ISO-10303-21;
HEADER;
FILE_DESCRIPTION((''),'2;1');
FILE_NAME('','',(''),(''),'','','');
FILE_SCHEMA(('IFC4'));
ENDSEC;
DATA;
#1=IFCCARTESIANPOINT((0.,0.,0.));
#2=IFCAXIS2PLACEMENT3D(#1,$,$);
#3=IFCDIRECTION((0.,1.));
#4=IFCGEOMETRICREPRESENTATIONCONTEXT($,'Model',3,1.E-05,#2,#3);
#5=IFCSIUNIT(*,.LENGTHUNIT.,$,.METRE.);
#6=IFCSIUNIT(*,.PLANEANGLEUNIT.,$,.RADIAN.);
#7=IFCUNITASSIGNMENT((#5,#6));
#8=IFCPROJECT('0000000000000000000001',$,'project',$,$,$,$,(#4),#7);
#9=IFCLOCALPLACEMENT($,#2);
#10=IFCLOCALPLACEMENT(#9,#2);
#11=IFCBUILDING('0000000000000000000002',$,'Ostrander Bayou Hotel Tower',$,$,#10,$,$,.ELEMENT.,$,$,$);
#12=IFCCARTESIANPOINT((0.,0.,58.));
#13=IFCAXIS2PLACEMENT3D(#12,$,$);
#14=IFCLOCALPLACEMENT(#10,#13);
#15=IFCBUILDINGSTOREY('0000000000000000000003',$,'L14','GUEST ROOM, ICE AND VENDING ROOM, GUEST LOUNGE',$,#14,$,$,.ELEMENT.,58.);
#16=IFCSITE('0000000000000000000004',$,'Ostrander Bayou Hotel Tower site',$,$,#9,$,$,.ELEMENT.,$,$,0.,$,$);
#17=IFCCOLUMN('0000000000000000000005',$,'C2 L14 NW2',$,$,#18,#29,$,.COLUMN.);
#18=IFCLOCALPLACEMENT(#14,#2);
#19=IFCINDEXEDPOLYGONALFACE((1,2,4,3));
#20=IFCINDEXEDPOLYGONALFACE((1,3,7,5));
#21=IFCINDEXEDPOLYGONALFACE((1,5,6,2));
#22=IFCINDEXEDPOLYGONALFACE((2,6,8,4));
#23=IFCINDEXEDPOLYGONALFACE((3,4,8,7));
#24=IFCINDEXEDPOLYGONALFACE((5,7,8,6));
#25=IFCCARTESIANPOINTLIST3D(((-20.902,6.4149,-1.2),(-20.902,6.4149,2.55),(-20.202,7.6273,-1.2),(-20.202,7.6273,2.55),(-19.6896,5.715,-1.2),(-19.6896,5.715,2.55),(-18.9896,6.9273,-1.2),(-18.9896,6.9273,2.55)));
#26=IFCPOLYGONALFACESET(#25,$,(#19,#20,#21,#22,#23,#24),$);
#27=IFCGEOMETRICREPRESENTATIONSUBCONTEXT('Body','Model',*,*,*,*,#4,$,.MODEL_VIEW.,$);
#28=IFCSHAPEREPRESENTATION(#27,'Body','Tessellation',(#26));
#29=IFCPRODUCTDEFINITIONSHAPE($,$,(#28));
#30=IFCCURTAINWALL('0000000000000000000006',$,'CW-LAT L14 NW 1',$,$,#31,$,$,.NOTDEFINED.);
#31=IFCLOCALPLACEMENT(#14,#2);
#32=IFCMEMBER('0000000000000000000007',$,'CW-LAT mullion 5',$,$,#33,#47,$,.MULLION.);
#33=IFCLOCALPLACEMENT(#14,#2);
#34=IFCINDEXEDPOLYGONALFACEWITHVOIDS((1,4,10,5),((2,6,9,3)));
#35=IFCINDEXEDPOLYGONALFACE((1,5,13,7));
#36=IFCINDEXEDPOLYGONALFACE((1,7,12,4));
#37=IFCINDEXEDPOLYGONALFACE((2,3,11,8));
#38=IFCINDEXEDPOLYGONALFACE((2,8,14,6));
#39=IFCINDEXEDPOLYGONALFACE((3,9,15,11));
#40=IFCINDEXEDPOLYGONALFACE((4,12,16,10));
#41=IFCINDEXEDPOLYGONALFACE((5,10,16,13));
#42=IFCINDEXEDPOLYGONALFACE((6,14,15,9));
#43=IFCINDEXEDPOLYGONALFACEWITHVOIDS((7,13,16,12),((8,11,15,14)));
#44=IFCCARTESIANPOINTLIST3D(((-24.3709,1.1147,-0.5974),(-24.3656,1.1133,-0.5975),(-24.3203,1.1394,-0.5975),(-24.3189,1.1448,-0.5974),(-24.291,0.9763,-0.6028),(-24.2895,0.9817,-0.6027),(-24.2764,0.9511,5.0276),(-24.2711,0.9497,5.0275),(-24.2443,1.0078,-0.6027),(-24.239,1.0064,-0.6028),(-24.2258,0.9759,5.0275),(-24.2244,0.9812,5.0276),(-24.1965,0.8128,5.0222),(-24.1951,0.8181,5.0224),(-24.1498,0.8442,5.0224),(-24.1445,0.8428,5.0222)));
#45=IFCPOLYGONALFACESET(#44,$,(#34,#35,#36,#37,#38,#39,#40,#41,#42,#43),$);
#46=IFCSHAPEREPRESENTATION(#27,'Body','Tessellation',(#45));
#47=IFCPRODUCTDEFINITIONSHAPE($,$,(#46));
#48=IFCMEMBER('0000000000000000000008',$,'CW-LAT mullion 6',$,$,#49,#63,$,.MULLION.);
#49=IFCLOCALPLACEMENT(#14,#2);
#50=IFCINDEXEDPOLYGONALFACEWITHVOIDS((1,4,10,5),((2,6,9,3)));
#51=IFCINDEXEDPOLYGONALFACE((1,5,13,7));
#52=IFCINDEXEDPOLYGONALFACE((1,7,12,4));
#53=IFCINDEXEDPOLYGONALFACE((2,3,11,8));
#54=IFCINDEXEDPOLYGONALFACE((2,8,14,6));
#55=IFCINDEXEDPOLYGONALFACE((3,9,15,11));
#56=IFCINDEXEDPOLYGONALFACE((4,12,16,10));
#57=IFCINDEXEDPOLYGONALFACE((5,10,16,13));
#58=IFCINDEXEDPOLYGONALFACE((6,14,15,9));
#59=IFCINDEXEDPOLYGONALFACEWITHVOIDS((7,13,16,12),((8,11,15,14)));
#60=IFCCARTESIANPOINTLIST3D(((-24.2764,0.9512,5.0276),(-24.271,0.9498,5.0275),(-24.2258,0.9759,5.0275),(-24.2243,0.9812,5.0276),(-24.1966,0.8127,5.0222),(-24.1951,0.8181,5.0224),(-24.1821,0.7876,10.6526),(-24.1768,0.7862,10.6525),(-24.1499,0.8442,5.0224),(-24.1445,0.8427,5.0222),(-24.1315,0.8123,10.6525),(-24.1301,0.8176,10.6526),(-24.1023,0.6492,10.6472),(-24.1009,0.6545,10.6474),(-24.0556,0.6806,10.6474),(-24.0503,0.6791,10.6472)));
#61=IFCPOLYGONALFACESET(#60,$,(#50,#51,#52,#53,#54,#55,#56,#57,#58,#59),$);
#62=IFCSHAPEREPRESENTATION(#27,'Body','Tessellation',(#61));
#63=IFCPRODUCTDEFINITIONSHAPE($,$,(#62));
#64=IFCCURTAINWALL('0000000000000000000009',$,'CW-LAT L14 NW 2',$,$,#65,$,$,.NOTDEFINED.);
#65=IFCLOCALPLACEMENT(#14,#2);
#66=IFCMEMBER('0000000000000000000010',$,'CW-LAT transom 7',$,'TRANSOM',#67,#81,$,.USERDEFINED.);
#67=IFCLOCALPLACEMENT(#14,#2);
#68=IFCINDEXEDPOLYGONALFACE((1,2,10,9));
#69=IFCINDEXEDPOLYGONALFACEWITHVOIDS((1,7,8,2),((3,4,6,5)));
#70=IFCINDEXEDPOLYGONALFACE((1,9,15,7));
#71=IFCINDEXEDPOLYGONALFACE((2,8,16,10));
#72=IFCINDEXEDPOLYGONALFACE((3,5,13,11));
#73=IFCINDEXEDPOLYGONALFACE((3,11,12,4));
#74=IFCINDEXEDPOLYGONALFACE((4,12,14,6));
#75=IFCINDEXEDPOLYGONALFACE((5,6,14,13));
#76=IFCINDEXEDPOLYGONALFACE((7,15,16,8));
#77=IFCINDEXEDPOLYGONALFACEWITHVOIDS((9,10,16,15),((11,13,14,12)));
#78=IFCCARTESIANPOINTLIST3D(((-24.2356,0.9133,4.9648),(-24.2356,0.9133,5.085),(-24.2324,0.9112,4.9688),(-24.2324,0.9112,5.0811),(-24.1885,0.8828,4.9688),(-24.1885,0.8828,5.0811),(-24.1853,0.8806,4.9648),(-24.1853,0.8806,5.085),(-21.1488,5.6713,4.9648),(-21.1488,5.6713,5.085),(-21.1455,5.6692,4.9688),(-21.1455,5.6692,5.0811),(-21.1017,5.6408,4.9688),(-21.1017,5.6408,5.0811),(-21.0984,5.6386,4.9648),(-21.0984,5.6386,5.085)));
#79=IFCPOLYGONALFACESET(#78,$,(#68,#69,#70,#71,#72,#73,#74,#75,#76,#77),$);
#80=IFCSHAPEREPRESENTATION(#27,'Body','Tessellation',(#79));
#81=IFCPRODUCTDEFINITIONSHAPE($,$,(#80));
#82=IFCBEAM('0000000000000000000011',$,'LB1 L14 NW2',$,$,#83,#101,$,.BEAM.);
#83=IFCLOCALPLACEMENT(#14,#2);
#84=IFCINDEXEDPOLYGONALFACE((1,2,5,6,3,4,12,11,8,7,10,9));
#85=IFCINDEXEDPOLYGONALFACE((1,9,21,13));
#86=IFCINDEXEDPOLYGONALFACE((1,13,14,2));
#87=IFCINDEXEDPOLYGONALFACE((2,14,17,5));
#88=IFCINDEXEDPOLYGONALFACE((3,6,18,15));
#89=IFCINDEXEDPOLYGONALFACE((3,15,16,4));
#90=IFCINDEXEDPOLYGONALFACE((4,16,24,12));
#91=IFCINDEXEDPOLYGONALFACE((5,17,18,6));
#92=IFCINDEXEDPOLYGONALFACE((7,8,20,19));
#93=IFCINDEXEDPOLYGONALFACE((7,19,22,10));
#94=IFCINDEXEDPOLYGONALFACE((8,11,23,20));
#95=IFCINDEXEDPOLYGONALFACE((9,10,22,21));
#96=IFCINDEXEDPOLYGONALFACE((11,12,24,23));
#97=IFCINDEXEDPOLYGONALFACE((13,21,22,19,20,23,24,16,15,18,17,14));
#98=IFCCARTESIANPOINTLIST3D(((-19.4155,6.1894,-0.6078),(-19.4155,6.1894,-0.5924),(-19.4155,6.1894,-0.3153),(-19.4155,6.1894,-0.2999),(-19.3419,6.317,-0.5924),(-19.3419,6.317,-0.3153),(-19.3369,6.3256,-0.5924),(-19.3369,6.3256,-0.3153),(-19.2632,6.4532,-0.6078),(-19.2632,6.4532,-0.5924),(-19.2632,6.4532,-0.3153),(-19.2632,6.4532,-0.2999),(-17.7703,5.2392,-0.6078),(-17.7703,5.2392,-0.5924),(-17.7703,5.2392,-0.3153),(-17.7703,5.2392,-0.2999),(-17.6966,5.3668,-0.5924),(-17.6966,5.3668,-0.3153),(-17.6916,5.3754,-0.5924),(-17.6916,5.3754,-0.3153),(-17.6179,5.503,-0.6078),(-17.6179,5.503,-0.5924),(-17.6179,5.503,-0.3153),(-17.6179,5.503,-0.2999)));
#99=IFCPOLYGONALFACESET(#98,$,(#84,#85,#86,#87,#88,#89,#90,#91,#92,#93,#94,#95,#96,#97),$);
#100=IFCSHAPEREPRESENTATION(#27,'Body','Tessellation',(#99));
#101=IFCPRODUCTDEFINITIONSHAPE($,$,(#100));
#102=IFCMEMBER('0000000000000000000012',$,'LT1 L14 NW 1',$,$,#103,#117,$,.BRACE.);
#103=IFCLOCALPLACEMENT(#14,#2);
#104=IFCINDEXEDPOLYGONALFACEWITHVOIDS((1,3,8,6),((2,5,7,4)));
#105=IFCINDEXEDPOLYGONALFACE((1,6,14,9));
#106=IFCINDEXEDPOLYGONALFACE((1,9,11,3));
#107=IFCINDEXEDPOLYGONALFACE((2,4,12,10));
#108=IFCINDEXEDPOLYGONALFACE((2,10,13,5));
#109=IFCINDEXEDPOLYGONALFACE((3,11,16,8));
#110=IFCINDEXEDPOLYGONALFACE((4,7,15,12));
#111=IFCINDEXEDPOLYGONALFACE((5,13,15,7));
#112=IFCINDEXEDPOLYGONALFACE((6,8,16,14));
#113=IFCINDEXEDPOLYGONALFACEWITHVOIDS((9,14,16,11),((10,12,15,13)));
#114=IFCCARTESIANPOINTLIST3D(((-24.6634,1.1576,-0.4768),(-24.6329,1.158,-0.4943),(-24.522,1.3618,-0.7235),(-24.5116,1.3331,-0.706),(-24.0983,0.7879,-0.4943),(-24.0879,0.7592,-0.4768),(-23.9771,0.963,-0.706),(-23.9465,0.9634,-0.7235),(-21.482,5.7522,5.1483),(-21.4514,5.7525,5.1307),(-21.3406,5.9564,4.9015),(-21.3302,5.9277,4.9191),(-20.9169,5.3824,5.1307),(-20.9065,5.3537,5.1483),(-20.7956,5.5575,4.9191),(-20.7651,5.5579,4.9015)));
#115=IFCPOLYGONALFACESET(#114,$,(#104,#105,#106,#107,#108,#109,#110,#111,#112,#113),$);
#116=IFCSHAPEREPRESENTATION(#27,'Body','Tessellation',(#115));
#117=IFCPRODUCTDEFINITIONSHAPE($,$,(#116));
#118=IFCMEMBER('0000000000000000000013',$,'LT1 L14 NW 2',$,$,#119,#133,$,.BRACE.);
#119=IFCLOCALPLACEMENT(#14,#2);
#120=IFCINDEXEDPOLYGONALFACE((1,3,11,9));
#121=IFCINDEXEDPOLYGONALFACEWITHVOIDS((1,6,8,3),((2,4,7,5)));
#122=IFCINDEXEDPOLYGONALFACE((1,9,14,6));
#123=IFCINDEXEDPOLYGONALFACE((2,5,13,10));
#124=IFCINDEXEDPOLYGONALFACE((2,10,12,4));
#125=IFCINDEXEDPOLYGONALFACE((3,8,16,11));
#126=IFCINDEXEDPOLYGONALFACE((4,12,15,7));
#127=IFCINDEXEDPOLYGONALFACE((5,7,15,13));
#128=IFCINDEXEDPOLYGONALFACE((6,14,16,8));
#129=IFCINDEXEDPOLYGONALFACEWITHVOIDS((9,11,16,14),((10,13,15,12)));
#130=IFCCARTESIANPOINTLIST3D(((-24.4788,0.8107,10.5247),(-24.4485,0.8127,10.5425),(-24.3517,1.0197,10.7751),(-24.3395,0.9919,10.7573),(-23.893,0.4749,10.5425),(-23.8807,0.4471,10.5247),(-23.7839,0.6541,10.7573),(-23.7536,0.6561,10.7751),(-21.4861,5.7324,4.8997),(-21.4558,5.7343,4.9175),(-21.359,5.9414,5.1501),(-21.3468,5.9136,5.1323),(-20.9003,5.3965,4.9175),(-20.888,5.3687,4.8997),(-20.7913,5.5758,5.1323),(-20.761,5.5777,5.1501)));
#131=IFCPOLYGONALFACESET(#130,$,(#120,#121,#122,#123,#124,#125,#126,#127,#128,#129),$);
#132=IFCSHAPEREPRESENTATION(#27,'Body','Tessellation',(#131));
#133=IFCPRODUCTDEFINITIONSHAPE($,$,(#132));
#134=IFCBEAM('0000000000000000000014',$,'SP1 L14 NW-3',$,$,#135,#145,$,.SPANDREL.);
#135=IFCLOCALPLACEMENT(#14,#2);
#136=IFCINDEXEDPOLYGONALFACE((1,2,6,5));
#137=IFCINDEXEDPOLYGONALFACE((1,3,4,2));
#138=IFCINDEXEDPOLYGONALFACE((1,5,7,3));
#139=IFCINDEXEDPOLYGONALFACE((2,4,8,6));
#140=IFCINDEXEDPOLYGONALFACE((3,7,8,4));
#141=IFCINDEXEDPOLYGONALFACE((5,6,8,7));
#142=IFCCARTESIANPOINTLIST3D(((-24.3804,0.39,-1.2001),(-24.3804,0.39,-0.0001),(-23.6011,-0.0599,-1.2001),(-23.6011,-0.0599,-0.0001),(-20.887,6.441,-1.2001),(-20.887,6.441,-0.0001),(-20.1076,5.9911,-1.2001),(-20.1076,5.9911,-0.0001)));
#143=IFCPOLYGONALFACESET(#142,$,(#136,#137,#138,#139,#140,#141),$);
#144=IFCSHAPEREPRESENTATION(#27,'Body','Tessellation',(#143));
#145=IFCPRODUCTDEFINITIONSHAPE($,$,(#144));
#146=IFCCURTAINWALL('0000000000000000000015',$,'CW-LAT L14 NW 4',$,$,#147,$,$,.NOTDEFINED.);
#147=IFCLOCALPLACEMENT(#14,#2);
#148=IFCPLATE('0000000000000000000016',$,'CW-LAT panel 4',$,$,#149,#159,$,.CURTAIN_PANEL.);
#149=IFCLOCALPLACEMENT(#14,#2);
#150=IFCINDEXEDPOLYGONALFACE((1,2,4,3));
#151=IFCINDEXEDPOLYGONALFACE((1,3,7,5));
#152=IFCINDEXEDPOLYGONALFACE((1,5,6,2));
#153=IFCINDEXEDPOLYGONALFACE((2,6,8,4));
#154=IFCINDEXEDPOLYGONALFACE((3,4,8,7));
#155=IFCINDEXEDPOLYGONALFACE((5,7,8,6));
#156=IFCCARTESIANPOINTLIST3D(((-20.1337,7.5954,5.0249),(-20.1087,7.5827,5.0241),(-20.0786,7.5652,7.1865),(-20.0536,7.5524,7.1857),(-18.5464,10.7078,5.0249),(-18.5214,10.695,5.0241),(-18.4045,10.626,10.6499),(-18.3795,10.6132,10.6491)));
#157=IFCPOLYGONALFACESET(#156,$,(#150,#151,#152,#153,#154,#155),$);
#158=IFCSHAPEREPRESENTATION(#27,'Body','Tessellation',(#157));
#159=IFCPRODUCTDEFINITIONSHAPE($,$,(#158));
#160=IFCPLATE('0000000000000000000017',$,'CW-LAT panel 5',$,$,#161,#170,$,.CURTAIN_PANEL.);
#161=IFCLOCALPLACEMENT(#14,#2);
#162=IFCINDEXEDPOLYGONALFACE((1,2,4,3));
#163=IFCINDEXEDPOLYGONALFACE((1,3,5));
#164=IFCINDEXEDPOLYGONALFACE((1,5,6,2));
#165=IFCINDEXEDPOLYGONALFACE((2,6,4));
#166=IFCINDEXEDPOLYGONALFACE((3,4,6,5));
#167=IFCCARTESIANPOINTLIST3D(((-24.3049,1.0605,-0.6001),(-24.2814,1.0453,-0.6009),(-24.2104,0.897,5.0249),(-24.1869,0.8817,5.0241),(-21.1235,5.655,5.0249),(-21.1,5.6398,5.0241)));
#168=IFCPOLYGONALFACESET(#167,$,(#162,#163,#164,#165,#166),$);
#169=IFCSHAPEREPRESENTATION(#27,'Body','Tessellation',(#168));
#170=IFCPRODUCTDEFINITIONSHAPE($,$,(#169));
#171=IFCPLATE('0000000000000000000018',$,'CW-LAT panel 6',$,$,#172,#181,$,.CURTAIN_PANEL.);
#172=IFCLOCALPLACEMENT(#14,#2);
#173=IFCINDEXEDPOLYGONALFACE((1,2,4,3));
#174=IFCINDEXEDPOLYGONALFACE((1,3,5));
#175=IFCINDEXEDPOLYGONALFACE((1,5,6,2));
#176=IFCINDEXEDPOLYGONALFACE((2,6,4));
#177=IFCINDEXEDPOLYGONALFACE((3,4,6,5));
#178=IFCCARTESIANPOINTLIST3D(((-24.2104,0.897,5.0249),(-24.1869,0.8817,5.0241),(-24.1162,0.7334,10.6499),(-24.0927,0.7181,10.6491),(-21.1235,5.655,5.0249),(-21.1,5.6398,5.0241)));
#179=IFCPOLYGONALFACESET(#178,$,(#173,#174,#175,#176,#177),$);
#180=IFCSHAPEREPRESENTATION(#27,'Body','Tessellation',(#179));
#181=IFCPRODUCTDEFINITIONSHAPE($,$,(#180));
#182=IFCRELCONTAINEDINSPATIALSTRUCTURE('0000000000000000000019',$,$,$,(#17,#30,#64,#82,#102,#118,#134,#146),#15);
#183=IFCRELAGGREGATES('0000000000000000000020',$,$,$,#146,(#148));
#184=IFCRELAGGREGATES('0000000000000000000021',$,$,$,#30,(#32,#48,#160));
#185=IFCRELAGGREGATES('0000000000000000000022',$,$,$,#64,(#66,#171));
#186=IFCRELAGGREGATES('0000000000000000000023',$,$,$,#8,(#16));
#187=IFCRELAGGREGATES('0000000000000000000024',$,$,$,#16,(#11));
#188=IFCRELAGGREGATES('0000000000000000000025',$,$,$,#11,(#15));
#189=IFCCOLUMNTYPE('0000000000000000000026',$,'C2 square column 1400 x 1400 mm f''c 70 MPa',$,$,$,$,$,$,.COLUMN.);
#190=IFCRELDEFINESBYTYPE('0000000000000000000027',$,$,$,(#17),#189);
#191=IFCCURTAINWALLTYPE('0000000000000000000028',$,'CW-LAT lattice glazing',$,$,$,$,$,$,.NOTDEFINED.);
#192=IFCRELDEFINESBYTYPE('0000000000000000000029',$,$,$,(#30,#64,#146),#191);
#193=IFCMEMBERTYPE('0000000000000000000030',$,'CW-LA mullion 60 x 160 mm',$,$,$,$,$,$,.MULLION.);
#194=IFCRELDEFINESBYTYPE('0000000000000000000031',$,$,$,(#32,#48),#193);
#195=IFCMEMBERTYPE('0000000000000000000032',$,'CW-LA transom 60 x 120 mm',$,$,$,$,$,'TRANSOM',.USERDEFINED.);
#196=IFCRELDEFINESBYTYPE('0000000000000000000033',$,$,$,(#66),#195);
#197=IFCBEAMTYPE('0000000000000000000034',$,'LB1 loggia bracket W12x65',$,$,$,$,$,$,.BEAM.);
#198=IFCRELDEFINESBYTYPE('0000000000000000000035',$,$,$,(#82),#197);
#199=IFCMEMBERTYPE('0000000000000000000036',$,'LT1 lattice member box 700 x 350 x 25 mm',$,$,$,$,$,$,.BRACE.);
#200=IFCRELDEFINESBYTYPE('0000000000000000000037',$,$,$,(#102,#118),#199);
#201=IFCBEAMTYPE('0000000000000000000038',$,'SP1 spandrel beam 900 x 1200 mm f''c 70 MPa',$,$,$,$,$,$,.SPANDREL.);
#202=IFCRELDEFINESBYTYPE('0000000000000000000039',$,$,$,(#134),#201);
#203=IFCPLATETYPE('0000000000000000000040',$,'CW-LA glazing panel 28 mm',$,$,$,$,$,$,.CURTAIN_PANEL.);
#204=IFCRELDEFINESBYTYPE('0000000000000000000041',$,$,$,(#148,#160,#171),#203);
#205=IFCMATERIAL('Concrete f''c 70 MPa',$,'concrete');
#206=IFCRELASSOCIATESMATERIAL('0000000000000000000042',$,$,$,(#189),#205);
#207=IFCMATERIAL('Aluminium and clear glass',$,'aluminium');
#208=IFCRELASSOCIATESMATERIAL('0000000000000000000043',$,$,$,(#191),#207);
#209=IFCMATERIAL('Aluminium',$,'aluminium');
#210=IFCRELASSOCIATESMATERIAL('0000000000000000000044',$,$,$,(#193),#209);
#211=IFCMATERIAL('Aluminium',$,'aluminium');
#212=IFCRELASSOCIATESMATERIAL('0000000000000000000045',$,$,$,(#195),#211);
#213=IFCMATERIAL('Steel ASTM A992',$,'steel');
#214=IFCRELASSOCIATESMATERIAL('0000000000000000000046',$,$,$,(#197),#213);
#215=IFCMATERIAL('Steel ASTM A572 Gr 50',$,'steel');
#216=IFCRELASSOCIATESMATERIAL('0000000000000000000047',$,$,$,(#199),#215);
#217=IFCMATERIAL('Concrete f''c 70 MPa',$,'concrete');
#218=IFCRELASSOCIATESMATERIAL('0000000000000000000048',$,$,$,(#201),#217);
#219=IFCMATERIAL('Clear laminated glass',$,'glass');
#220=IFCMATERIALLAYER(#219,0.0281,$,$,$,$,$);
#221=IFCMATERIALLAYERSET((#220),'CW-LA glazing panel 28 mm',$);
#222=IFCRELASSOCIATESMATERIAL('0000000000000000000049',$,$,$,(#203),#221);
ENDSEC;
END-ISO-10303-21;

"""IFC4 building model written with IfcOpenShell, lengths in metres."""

from ifc_helpers import new_model, si_unit, direction, frame, origin, origin_2d, place, context, subcontext, project, spatial, polyline, rectangle, hollow_rectangle, i_section, outline, extrude, material, layer, layer_set, material_profile, profile_set, type_object, element, aggregate, save


model = new_model("IFC4")

# Units and contexts
model_context = context("Model", 3, precision=1e-05, world=origin(), true_north=direction((0.0, 1.0)))
body_context = subcontext(model_context, "Body", "Model", "MODEL_VIEW")
ifc_project = project(units=[si_unit("LENGTHUNIT", "METRE"), si_unit("PLANEANGLEUNIT", "RADIAN")], contexts=[model_context])

# Site, building, storey
site_placement = place(None, origin())
site = spatial("IfcSite", under=ifc_project, at=site_placement, Name="Ostrander Bayou Hotel Tower site", CompositionType="ELEMENT", RefElevation=0.0)
building_placement = place(site_placement, origin())
building = spatial("IfcBuilding", under=site, at=building_placement, Name="Ostrander Bayou Hotel Tower", CompositionType="ELEMENT")
storey_placement = place(building_placement, frame((0.0, 0.0, 58.0)))
storey = spatial("IfcBuildingStorey", under=building, at=storey_placement, Name="L14", Description="GUEST ROOM, ICE AND VENDING ROOM, GUEST LOUNGE", CompositionType="ELEMENT", Elevation=58.0)

# Column
ifc_material_1 = material(Name="Concrete f'c 70 MPa", Category="concrete")
ifc_material_profile_1 = material_profile(ifc_material_1, rectangle(XDim=1.3999, YDim=1.3999, at=origin_2d()))
ifc_profile_set_1 = profile_set([ifc_material_profile_1], Name="Concrete f'c 70 MPa")
column_type = type_object("IfcColumnType", Name="C2 square column 1400 x 1400 mm f'c 70 MPa", PredefinedType="COLUMN", material=ifc_profile_set_1)
column_placement = place(storey_placement, frame((-19.9458, 6.6711, -1.2), z_axis=(0.0, 0.0, 1.0), x_axis=(0.5, 0.866025, 0.0)))
element("IfcColumn", 1, at=column_placement, inside=storey, type_object=column_type, Name="C2 L14 NW2", PredefinedType="COLUMN", context=body_context, shape_type="SweptSolid", body=[
    extrude(rectangle(XDim=1.3999, YDim=1.3999, at=origin_2d()), origin(), (0.0, 0.0, 1.0), 3.75),
])

# Curtain wall, members
ifc_material_2 = material(Name="Aluminium and clear glass", Category="aluminium")
curtain_wall_type = type_object("IfcCurtainWallType", Name="CW-LAT lattice glazing", PredefinedType="NOTDEFINED", material=ifc_material_2)
curtain_wall_1_placement = place(storey_placement, origin())
curtain_wall_1 = element("IfcCurtainWall", 2, at=curtain_wall_1_placement, inside=storey, type_object=curtain_wall_type, Name="CW-LAT L14 NW 1", PredefinedType="NOTDEFINED")
ifc_material_3 = material(Name="Aluminium", Category="aluminium")
ifc_material_profile_2 = material_profile(ifc_material_3, hollow_rectangle(XDim=0.0601, YDim=0.1599, WallThickness=0.0039, at=origin_2d()))
ifc_profile_set_2 = profile_set([ifc_material_profile_2], Name="Aluminium")
member_type_1 = type_object("IfcMemberType", Name="CW-LA mullion 60 x 160 mm", PredefinedType="MULLION", material=ifc_profile_set_2)
member_1_placement = place(storey_placement, frame((-24.3049, 1.0605, -0.6001), z_axis=(0.016787, -0.029063, 0.999437), x_axis=(0.865927, 0.50017, 0.0)))
member_1 = element("IfcMember", 3, at=member_1_placement, type_object=member_type_1, Name="CW-LAT mullion 5", PredefinedType="MULLION", context=body_context, shape_type="SweptSolid", body=[
    extrude(hollow_rectangle(XDim=0.0601, YDim=0.1599, WallThickness=0.0039, at=origin_2d()), origin(), (0.0, 0.0, 1.0), 5.6282),
])
member_2_placement = place(storey_placement, frame((-24.2104, 0.897, 5.0249), z_axis=(0.016744, -0.029063, 0.999437), x_axis=(0.866487, 0.4992, 0.0)))
member_2 = element("IfcMember", 4, at=member_2_placement, type_object=member_type_1, Name="CW-LAT mullion 6", PredefinedType="MULLION", context=body_context, shape_type="SweptSolid", body=[
    extrude(hollow_rectangle(XDim=0.0601, YDim=0.1599, WallThickness=0.0039, at=origin_2d()), origin(), (0.0, 0.0, 1.0), 5.6282),
])

# Curtain wall, member
curtain_wall_2_placement = place(storey_placement, origin())
curtain_wall_2 = element("IfcCurtainWall", 5, at=curtain_wall_2_placement, inside=storey, type_object=curtain_wall_type, Name="CW-LAT L14 NW 2", PredefinedType="NOTDEFINED")
ifc_material_4 = material(Name="Aluminium", Category="aluminium")
ifc_material_profile_3 = material_profile(ifc_material_4, hollow_rectangle(XDim=0.0601, YDim=0.1201, WallThickness=0.0039, at=origin_2d()))
ifc_profile_set_3 = profile_set([ifc_material_profile_3], Name="Aluminium")
member_type_2 = type_object("IfcMemberType", Name="CW-LA transom 60 x 120 mm", ElementType="TRANSOM", PredefinedType="USERDEFINED", material=ifc_profile_set_3)
member_3_placement = place(storey_placement, frame((-24.2104, 0.897, 5.0249), z_axis=(0.544266, 0.838912, 0.0), x_axis=(-0.838912, 0.544266, 0.0)))
member_3 = element("IfcMember", 6, at=member_3_placement, type_object=member_type_2, Name="CW-LAT transom 7", ObjectType="TRANSOM", PredefinedType="USERDEFINED", context=body_context, shape_type="SweptSolid", body=[
    extrude(hollow_rectangle(XDim=0.0601, YDim=0.1201, WallThickness=0.0039, at=origin_2d()), origin(), (0.0, 0.0, 1.0), 5.6716),
])

# Beam
ifc_material_5 = material(Name="Steel ASTM A992", Category="steel")
ifc_material_profile_4 = material_profile(ifc_material_5, i_section(OverallWidth=0.3047, OverallDepth=0.3079, WebThickness=0.01, FlangeThickness=0.0154, at=origin_2d()))
ifc_profile_set_4 = profile_set([ifc_material_profile_4], Name="Steel ASTM A992")
beam_type_1 = type_object("IfcBeamType", Name="LB1 loggia bracket W12x65", PredefinedType="BEAM", material=ifc_profile_set_4)
beam_1_placement = place(storey_placement, frame((-19.3394, 6.3213, -0.4539), z_axis=(0.865957, -0.500119, 0.0), x_axis=(0.500119, 0.865957, 0.0)))
element("IfcBeam", 7, at=beam_1_placement, inside=storey, type_object=beam_type_1, Name="LB1 L14 NW2", PredefinedType="BEAM", context=body_context, shape_type="SweptSolid", body=[
    extrude(i_section(OverallWidth=0.3047, OverallDepth=0.3079, WebThickness=0.01, FlangeThickness=0.0154, at=origin_2d()), origin(), (0.0, 0.0, 1.0), 1.8999),
])

# Members
ifc_material_6 = material(Name="Steel ASTM A572 Gr 50", Category="steel")
ifc_material_profile_5 = material_profile(ifc_material_6, hollow_rectangle(XDim=0.7, YDim=0.3501, WallThickness=0.0249, at=origin_2d()))
ifc_profile_set_5 = profile_set([ifc_material_profile_5], Name="Steel ASTM A572 Gr 50")
member_type_3 = type_object("IfcMemberType", Name="LT1 lattice member box 700 x 350 x 25 mm", PredefinedType="BRACE", material=ifc_profile_set_5)
member_4_placement = place(storey_placement, frame((-21.1235, 5.655, 5.0249), z_axis=(-0.401229, -0.579443, -0.709409), x_axis=(0.822142, -0.569283, 0.0)))
element("IfcMember", 8, at=member_4_placement, inside=storey, type_object=member_type_3, Name="LT1 L14 NW 1", PredefinedType="BRACE", context=body_context, shape_type="SweptSolid", body=[
    extrude(hollow_rectangle(XDim=0.7, YDim=0.3501, WallThickness=0.0249, at=origin_2d()), origin(), (0.0, 0.0, 1.0), 7.9292),
])
member_5_placement = place(storey_placement, frame((-21.1235, 5.655, 5.0249), z_axis=(-0.371713, -0.611304, 0.698668), x_axis=(0.854437, -0.519554, 0.0)))
element("IfcMember", 9, at=member_5_placement, inside=storey, type_object=member_type_3, Name="LT1 L14 NW 2", PredefinedType="BRACE", context=body_context, shape_type="SweptSolid", body=[
    extrude(hollow_rectangle(XDim=0.7, YDim=0.3501, WallThickness=0.0249, at=origin_2d()), origin(), (0.0, 0.0, 1.0), 8.051),
])

# Beam
ifc_material_7 = material(Name="Concrete f'c 70 MPa", Category="concrete")
ifc_material_profile_6 = material_profile(ifc_material_7, rectangle(XDim=0.8999, YDim=1.2, at=origin_2d()))
ifc_profile_set_6 = profile_set([ifc_material_profile_6], Name="Concrete f'c 70 MPa")
beam_type_2 = type_object("IfcBeamType", Name="SP1 spandrel beam 900 x 1200 mm f'c 70 MPa", PredefinedType="SPANDREL", material=ifc_profile_set_6)
beam_2_placement = place(storey_placement, frame((-20.4973, 6.2161, -0.6001), z_axis=(-0.499984, -0.866035, 0.0), x_axis=(0.866035, -0.499984, 0.0)))
element("IfcBeam", 10, at=beam_2_placement, inside=storey, type_object=beam_type_2, Name="SP1 L14 NW-3", PredefinedType="SPANDREL", context=body_context, shape_type="SweptSolid", body=[
    extrude(rectangle(XDim=0.8999, YDim=1.2, at=origin_2d()), origin(), (0.0, 0.0, 1.0), 6.9871),
])

# Curtain wall, plate
curtain_wall_3_placement = place(storey_placement, origin())
curtain_wall_3 = element("IfcCurtainWall", 11, at=curtain_wall_3_placement, inside=storey, type_object=curtain_wall_type, Name="CW-LAT L14 NW 4", PredefinedType="NOTDEFINED")
ifc_material_8 = material(Name="Clear laminated glass", Category="glass")
ifc_layer_1 = layer(ifc_material_8, 0.0281)
ifc_layer_set_1 = layer_set([ifc_layer_1], Name="CW-LA glazing panel 28 mm")
plate_type = type_object("IfcPlateType", Name="CW-LA glazing panel 28 mm", PredefinedType="CURTAIN_PANEL", material=ifc_layer_set_1)
plate_1_placement = place(storey_placement, frame((-20.0786, 7.5652, 7.1865), z_axis=(-0.890451, 0.45415, 0.029067), x_axis=(0.340552, 0.622628, 0.704527)))
plate_1 = element("IfcPlate", 12, at=plate_1_placement, type_object=plate_type, Name="CW-LAT panel 4", PredefinedType="CURTAIN_PANEL", context=body_context, shape_type="SweptSolid", body=[
    extrude(outline(polyline([(0.0, 0.0), (4.9159, 0.0), (0.9555, 3.9979), (-1.5229, 1.5354), (0.0, 0.0)])), origin(), (0.0, 0.0, -1.0), 0.0281),
])
aggregate(curtain_wall_3, [plate_1])

# Plates
plate_2_placement = place(storey_placement, frame((-21.1235, 5.655, 5.0249), z_axis=(-0.838537, 0.544023, 0.029905), x_axis=(-0.401229, -0.579443, -0.709409)))
plate_2 = element("IfcPlate", 13, at=plate_2_placement, type_object=plate_type, Name="CW-LAT panel 5", PredefinedType="CURTAIN_PANEL", context=body_context, shape_type="SweptSolid", body=[
    extrude(outline(polyline([(0.0, 0.0), (7.9291, 0.0), (3.9956, 4.0254), (0.0, 0.0)])), origin(), (0.0, 0.0, -1.0), 0.0281),
])
aggregate(curtain_wall_1, [member_1, member_2, plate_2])
plate_3_placement = place(storey_placement, frame((-21.1235, 5.655, 5.0249), z_axis=(-0.838538, 0.544024, 0.029869), x_axis=(-0.371713, -0.611304, 0.698668)))
plate_3 = element("IfcPlate", 14, at=plate_3_placement, type_object=plate_type, Name="CW-LAT panel 6", PredefinedType="CURTAIN_PANEL", context=body_context, shape_type="SweptSolid", body=[
    extrude(outline(polyline([(0.0, 0.0), (8.051, 0.0), (4.0561, -3.9644), (0.0, 0.0)])), origin(), (0.0, 0.0, -1.0), 0.0281),
])
aggregate(curtain_wall_2, [member_3, plate_3])

save(model, "model.ifc")
